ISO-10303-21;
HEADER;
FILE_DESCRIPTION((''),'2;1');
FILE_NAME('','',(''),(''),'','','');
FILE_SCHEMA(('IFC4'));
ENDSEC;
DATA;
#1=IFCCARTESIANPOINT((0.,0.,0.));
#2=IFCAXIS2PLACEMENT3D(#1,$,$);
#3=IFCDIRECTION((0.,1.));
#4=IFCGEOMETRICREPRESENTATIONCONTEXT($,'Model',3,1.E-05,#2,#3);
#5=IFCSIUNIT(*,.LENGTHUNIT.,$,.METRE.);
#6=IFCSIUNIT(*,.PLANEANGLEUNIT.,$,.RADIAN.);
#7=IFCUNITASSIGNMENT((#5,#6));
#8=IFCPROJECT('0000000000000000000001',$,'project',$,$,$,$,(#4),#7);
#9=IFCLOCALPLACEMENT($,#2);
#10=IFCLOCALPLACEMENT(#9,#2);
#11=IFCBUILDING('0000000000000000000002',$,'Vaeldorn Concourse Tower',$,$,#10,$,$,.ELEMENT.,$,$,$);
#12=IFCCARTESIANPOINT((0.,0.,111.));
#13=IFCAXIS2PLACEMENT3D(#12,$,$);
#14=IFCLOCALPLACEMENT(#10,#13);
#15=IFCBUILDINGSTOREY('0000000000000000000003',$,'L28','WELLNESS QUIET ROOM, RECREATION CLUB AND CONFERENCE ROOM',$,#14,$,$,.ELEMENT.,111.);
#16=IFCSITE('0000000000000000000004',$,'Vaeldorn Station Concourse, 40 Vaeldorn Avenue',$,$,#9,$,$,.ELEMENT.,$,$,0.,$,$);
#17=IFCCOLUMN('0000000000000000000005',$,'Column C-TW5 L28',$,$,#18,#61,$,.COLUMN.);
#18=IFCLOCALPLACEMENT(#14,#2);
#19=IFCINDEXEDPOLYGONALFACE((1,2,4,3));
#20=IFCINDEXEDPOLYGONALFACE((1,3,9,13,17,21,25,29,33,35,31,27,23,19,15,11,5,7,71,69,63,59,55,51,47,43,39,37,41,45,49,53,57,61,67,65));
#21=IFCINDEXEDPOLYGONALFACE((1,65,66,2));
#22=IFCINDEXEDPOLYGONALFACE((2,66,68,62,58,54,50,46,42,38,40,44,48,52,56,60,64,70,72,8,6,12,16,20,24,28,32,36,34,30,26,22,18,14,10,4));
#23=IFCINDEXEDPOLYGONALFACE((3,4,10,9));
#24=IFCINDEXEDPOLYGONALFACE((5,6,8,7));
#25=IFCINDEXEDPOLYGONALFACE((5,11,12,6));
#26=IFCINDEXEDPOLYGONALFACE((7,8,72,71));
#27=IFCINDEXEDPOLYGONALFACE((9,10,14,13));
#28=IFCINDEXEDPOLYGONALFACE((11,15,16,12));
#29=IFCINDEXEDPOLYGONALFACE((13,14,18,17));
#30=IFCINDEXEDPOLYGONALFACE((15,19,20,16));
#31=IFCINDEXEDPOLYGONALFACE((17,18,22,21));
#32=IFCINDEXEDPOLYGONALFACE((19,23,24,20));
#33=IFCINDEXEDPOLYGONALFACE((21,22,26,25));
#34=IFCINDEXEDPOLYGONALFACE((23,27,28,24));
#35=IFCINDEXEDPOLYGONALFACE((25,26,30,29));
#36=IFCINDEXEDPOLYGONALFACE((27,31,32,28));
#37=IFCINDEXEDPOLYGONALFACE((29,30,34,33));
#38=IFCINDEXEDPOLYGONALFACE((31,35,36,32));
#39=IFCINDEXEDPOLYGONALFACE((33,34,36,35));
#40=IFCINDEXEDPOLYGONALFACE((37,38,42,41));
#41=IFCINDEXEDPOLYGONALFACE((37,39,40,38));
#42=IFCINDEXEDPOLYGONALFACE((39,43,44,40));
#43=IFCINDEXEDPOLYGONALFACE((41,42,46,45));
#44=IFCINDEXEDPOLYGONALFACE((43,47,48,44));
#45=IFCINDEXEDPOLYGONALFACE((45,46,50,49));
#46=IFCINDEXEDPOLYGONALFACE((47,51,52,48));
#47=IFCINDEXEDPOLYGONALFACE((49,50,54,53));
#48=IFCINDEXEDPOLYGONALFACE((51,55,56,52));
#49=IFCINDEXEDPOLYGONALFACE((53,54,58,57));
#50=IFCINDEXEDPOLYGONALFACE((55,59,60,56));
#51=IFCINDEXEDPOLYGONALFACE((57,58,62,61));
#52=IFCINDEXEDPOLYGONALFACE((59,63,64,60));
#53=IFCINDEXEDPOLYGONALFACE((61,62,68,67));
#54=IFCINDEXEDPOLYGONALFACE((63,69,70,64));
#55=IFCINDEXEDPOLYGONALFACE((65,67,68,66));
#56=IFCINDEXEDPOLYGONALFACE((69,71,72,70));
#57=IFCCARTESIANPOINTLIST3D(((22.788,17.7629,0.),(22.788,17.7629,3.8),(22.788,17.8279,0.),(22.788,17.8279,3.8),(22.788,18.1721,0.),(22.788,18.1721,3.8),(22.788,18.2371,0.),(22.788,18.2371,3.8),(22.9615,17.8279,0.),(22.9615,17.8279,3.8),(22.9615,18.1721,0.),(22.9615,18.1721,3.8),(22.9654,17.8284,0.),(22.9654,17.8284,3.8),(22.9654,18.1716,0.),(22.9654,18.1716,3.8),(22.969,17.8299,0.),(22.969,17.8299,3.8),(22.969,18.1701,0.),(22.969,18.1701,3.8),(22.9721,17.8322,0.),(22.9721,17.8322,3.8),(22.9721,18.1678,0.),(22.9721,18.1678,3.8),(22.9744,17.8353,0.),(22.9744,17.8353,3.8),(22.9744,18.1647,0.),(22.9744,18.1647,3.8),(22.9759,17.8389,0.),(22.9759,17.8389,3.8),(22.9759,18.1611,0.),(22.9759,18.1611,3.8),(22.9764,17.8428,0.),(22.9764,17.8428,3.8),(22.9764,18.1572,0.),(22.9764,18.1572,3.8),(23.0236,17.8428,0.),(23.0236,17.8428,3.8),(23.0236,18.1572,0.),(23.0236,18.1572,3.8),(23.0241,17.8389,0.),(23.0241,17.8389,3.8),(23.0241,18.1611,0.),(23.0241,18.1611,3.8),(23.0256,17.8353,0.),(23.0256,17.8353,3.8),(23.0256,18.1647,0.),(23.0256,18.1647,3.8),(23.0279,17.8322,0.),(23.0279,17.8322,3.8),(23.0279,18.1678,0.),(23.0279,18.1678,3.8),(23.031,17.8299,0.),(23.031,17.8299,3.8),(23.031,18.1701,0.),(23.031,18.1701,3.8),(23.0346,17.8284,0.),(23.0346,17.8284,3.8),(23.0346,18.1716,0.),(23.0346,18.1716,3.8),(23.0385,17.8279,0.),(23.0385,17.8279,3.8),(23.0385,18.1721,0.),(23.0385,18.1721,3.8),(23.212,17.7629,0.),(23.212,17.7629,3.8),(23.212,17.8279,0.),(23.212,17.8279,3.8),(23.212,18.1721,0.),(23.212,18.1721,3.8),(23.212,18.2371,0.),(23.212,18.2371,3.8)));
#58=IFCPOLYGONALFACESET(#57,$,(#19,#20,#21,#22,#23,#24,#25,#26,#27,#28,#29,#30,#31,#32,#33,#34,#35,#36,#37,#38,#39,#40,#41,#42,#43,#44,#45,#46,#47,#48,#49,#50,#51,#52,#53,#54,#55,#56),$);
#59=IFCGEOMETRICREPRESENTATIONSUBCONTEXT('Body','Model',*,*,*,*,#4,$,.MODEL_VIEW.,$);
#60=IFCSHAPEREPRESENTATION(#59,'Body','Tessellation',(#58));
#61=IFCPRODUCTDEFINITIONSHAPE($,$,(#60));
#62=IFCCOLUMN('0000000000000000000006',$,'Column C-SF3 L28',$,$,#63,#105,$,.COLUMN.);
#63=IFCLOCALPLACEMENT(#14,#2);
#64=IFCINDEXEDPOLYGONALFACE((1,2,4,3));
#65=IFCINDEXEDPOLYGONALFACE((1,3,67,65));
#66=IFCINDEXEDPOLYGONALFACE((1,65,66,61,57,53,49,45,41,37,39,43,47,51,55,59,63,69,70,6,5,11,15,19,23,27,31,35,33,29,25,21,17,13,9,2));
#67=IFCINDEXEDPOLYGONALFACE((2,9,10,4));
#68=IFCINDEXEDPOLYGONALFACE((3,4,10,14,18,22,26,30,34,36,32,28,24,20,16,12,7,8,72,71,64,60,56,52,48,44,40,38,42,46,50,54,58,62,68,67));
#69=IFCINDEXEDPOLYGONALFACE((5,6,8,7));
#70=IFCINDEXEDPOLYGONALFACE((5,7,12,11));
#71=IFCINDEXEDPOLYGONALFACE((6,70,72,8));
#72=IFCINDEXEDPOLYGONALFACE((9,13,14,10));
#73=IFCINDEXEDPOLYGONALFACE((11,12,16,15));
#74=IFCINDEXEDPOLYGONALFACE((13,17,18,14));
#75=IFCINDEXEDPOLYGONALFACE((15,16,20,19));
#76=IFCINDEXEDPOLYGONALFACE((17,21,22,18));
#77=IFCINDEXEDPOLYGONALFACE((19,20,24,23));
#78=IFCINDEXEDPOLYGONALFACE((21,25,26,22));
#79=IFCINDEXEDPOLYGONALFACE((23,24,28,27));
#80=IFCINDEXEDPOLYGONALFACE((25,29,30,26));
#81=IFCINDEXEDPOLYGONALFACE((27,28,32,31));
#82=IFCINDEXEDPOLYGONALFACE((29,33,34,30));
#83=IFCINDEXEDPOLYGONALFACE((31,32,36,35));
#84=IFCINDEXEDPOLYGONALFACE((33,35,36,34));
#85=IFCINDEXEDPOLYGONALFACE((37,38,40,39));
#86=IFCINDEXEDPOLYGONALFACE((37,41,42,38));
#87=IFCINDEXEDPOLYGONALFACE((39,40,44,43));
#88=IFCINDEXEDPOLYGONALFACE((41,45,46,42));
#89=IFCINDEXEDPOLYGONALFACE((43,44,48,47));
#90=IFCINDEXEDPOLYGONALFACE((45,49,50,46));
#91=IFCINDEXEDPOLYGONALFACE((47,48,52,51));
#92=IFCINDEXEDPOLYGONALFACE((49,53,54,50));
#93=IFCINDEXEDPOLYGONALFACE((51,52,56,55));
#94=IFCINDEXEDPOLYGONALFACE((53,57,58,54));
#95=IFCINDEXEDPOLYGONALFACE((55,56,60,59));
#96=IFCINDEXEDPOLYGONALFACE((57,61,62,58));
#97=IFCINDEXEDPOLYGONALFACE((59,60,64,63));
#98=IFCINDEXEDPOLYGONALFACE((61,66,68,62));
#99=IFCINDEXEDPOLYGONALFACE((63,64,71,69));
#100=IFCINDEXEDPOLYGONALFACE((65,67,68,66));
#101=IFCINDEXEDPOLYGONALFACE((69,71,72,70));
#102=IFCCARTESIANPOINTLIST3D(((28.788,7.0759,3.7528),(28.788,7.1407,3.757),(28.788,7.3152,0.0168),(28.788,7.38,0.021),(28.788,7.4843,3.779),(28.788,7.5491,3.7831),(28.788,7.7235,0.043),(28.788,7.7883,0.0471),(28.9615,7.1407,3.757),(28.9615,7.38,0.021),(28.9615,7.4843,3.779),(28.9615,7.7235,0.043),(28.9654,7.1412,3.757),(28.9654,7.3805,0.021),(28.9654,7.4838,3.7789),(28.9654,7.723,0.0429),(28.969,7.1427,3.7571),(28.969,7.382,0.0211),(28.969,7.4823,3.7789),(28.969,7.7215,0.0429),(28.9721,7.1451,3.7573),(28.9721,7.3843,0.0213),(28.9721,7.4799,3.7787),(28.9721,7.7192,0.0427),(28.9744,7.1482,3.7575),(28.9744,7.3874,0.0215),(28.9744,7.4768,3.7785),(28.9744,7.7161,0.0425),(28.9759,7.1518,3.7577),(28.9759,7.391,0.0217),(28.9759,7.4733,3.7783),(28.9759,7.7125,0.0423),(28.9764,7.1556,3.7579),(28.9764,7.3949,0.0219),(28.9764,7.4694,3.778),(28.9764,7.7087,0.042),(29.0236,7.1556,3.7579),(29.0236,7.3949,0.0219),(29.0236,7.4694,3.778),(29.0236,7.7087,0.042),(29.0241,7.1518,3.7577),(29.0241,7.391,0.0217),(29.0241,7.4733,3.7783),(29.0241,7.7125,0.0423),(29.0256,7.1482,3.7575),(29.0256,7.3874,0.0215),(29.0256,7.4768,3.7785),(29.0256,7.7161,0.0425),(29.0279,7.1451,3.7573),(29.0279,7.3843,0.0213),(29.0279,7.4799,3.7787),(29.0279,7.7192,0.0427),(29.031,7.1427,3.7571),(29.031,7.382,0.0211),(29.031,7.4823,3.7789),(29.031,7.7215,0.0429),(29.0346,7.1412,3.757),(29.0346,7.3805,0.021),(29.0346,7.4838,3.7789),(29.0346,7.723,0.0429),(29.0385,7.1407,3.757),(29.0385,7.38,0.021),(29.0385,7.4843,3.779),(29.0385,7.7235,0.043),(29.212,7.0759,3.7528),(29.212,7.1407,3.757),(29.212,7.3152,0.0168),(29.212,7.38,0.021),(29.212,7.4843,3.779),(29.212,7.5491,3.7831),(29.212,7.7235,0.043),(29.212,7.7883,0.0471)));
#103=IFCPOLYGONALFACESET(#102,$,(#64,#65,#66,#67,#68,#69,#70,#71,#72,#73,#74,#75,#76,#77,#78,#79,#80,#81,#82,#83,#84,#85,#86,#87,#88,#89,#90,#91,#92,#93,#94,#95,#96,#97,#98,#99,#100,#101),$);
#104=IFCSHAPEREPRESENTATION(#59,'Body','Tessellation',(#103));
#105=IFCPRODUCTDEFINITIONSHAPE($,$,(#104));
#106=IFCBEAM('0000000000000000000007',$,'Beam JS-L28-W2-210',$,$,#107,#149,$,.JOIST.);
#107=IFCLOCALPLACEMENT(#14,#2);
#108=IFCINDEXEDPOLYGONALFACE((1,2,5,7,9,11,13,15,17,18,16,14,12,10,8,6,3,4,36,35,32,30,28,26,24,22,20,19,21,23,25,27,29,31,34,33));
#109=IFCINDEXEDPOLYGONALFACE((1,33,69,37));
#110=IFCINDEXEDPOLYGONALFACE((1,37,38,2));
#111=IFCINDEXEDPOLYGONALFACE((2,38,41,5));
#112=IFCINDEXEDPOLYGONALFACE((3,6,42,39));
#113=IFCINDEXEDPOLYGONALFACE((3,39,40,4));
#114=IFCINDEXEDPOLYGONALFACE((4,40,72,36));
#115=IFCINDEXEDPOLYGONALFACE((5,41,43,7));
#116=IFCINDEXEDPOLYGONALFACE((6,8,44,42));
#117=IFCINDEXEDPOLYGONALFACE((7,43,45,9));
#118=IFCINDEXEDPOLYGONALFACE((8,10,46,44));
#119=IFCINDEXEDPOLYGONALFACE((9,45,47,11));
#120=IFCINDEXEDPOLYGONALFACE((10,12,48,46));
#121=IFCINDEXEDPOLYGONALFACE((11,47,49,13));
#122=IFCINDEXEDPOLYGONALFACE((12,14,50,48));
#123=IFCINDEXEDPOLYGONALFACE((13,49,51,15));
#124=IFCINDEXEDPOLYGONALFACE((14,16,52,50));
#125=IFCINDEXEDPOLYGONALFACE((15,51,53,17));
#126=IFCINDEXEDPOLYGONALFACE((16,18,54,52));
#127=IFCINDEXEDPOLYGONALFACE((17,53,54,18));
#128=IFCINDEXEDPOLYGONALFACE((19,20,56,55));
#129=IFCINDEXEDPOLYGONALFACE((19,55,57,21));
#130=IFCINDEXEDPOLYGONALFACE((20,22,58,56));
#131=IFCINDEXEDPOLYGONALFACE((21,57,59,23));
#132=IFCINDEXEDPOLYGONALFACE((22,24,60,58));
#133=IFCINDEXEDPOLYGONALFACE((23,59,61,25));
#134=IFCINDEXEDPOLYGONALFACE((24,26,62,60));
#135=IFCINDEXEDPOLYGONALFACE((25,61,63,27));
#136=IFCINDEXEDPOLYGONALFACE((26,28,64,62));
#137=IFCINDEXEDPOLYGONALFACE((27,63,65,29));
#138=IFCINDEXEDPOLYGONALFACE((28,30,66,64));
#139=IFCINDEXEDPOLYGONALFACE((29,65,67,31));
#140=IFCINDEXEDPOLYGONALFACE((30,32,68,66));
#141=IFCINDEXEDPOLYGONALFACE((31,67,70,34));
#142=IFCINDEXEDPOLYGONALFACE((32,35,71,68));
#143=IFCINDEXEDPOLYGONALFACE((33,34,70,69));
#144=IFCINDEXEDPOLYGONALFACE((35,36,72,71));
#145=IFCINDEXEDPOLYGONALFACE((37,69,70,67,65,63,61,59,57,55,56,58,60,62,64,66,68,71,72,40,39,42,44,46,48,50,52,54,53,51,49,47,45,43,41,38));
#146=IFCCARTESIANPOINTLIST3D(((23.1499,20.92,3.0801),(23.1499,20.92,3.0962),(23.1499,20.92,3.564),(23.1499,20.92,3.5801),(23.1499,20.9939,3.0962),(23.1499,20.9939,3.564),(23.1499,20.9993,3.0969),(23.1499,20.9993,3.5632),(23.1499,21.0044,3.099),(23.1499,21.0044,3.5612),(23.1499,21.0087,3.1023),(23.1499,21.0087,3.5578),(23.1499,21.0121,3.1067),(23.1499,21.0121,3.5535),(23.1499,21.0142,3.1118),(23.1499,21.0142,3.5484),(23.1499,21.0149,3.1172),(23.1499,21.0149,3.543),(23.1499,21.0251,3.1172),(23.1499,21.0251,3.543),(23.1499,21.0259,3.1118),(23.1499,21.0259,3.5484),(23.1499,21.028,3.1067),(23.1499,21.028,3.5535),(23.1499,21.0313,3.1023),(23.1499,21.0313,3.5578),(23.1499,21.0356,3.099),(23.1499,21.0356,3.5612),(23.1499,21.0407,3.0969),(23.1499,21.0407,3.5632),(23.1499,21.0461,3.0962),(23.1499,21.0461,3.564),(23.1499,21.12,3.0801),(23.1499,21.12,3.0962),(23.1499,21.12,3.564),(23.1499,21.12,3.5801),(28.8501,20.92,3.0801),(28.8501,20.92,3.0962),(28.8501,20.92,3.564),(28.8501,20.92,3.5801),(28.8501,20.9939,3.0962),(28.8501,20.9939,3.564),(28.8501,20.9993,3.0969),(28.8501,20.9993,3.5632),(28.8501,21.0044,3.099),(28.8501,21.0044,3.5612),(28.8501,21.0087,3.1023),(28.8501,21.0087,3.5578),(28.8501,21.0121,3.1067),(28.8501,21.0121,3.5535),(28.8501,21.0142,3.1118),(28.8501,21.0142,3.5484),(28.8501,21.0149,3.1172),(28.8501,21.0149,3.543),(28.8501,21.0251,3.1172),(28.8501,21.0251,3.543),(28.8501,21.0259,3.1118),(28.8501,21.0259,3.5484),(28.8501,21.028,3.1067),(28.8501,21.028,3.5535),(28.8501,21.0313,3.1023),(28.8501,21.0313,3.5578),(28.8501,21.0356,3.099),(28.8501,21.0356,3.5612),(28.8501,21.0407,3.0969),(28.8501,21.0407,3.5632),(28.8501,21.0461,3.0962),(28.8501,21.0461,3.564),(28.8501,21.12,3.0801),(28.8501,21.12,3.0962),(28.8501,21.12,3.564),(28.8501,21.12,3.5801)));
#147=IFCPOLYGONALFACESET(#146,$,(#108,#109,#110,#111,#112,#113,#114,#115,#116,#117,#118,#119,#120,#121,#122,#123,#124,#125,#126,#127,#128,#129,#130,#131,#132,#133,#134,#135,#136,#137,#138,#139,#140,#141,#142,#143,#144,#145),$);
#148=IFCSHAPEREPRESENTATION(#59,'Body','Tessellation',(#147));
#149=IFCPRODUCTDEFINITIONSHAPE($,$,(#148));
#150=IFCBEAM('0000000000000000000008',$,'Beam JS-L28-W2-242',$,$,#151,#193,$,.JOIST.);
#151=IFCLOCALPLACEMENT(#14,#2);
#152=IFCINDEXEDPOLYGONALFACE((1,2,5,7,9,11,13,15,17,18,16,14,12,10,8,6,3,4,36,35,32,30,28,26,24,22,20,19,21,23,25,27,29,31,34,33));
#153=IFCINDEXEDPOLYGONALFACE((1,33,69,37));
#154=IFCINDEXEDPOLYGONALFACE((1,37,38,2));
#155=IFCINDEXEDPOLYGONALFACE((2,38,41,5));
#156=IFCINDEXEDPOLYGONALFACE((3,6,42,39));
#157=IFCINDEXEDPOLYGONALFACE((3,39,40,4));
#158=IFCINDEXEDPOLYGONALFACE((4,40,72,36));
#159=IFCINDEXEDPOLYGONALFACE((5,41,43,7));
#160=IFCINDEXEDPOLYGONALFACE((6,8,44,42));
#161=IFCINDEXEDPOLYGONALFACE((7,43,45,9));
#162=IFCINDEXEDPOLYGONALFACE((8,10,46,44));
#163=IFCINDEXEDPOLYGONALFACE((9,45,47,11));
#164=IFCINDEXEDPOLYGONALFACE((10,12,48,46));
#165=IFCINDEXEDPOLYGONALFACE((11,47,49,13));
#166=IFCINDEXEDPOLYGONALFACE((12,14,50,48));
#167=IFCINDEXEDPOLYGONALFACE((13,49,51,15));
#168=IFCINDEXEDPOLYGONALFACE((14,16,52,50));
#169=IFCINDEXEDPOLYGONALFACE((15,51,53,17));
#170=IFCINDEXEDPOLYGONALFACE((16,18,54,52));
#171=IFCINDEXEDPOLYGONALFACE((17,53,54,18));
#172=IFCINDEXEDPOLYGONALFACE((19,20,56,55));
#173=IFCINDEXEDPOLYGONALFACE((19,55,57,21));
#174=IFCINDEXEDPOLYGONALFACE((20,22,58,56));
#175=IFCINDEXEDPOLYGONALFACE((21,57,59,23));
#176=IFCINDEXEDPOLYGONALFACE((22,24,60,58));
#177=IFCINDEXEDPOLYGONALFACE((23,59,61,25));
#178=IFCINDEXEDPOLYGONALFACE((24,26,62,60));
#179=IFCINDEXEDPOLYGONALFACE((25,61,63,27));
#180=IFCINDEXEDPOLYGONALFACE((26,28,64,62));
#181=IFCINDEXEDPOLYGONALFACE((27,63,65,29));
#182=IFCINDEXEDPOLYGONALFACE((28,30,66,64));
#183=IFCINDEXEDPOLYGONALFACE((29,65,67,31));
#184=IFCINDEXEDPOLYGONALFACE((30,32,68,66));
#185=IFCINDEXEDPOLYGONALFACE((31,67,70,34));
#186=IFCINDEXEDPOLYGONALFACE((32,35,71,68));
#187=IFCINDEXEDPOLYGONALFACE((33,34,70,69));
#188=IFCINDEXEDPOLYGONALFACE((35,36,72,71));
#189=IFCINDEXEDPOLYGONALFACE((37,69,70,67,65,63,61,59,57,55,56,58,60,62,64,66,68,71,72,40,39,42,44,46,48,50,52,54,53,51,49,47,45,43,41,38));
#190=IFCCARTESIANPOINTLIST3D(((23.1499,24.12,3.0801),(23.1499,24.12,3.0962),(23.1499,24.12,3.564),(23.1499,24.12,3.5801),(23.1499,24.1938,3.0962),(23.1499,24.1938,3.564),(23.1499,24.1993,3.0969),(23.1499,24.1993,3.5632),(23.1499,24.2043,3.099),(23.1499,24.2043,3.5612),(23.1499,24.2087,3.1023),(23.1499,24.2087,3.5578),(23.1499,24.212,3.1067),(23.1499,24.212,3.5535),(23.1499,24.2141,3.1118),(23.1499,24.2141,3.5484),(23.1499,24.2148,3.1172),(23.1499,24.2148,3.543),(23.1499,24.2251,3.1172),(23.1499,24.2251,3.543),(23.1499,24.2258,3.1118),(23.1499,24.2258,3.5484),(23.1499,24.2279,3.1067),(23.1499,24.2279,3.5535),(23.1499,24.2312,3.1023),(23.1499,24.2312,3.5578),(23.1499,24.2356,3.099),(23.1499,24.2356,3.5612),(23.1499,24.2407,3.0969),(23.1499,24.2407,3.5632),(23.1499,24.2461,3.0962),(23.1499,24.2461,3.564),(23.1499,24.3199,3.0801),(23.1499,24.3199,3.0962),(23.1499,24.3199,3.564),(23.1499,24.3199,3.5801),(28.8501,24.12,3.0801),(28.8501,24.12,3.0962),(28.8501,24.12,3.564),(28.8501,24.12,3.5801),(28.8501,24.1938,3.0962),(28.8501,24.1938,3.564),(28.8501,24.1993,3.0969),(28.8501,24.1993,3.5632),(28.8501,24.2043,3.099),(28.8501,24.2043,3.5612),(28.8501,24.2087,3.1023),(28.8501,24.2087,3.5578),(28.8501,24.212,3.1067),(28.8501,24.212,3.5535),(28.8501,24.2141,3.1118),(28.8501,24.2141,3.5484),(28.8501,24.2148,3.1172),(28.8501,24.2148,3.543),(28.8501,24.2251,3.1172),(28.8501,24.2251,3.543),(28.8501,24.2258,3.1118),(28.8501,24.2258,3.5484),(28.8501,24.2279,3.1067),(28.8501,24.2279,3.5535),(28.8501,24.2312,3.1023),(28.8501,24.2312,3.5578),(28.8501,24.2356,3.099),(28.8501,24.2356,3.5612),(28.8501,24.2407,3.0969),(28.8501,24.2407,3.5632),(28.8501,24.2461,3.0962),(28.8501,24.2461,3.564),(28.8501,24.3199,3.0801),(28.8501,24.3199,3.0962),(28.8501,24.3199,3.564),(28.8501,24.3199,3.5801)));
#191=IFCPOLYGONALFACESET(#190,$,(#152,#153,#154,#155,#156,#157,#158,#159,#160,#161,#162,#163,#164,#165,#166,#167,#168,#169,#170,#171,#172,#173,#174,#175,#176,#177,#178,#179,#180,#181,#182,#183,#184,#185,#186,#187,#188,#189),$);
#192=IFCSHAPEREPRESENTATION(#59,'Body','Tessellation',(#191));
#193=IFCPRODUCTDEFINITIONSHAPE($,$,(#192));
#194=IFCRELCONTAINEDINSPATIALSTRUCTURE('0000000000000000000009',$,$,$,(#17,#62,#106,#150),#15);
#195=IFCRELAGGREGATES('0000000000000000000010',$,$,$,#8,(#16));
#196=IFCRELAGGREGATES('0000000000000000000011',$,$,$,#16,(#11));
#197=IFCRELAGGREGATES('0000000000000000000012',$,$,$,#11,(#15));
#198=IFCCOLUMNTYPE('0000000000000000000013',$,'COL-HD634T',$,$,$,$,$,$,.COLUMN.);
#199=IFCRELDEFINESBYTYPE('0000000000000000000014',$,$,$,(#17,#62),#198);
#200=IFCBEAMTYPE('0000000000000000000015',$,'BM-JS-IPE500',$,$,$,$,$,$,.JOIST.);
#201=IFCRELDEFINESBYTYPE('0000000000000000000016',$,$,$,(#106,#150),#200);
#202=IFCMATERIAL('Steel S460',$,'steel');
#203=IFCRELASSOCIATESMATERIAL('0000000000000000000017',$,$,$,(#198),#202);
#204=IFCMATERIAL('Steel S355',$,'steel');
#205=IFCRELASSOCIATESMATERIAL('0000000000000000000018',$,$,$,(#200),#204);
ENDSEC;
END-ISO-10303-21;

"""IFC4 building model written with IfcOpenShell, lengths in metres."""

from ifc_helpers import new_model, si_unit, direction, frame, origin, origin_2d, place, context, subcontext, project, spatial, i_section, extrude, source, transform, mapped, material, material_profile, profile_set, type_object, element, save


model = new_model("IFC4")

# Units and contexts
model_context = context("Model", 3, precision=1e-05, world=origin(), true_north=direction((0.0, 1.0)))
body_context = subcontext(model_context, "Body", "Model", "MODEL_VIEW")
ifc_project = project(units=[si_unit("LENGTHUNIT", "METRE"), si_unit("PLANEANGLEUNIT", "RADIAN")], contexts=[model_context])

# Site, building, storey
site_placement = place(None, origin())
site = spatial("IfcSite", under=ifc_project, at=site_placement, Name="Vaeldorn Station Concourse, 40 Vaeldorn Avenue", CompositionType="ELEMENT", RefElevation=0.0)
building_placement = place(site_placement, origin())
building = spatial("IfcBuilding", under=site, at=building_placement, Name="Vaeldorn Concourse Tower", CompositionType="ELEMENT")
storey_placement = place(building_placement, frame((0.0, 0.0, 111.0)))
storey = spatial("IfcBuildingStorey", under=building, at=storey_placement, Name="L28", Description="WELLNESS QUIET ROOM, RECREATION CLUB AND CONFERENCE ROOM", CompositionType="ELEMENT", Elevation=111.0)

# Columns
ifc_material_1 = material(Name="Steel S460", Category="steel")
ifc_material_profile_1 = material_profile(ifc_material_1, i_section(OverallWidth=0.4241, OverallDepth=0.4741, WebThickness=0.0471, FlangeThickness=0.0649, FilletRadius=0.0149, at=origin_2d()), Name="HD 400x634")
ifc_profile_set_1 = profile_set([ifc_material_profile_1], Name="Steel S460")
column_type = type_object("IfcColumnType", Name="COL-HD634T", PredefinedType="COLUMN", material=ifc_profile_set_1)
shared_shape_1 = source(origin(), body_context, "Body", "SweptSolid", [
    extrude(i_section(OverallWidth=0.4241, OverallDepth=0.4741, WebThickness=0.0471, FlangeThickness=0.0649, FilletRadius=0.0149, at=origin_2d()), origin(), (0.0, 0.0, 1.0), 3.8),
])
column_1_placement = place(storey_placement, frame((23.0, 18.0, 0.0), z_axis=(0.0, 0.0, 1.0), x_axis=(1.0, 0.0, 0.0)))
element("IfcColumn", 1, at=column_1_placement, inside=storey, type_object=column_type, Name="Column C-TW5 L28", PredefinedType="COLUMN", context=body_context, shape_type="MappedRepresentation", body=[
    mapped(shared_shape_1, transform((0.0, 0.0, 0.0), scale=1.0)),
])
shared_shape_2 = source(origin(), body_context, "Body", "SweptSolid", [
    extrude(i_section(OverallWidth=0.4241, OverallDepth=0.4741, WebThickness=0.0471, FlangeThickness=0.0649, FilletRadius=0.0149, at=origin_2d()), origin(), (0.0, 0.0, 1.0), 3.7437),
])
column_2_placement = place(storey_placement, frame((29.0, 7.5518, 0.032), z_axis=(0.0, -0.063909, 0.997956), x_axis=(1.0, 0.0, 0.0)))
element("IfcColumn", 2, at=column_2_placement, inside=storey, type_object=column_type, Name="Column C-SF3 L28", PredefinedType="COLUMN", context=body_context, shape_type="MappedRepresentation", body=[
    mapped(shared_shape_2, transform((0.0, 0.0, 0.0), scale=1.0)),
])

# Beams
ifc_material_2 = material(Name="Steel S355", Category="steel")
ifc_material_profile_2 = material_profile(ifc_material_2, i_section(OverallWidth=0.2, OverallDepth=0.5, WebThickness=0.0103, FlangeThickness=0.0161, FilletRadius=0.021, at=origin_2d()), Name="IPE 500")
ifc_profile_set_2 = profile_set([ifc_material_profile_2], Name="Steel S355")
beam_type_1 = type_object("IfcBeamType", Name="BM-JS-IPE500", PredefinedType="JOIST", material=ifc_profile_set_2)
shared_shape_3 = source(origin(), body_context, "Body", "SweptSolid", [
    extrude(i_section(OverallWidth=0.2, OverallDepth=0.5, WebThickness=0.0103, FlangeThickness=0.0161, FilletRadius=0.021, at=origin_2d()), origin(), (0.0, 0.0, 1.0), 5.7002),
])
for number, where, z_axis, x_axis, name in (
    (3, (23.1499, 21.02, 3.3301), (1.0, 0.0, 0.0), (0.0, 1.0, 0.0), "Beam JS-L28-W2-210"),
    (4, (23.1499, 24.22, 3.3301), (1.0, 0.0, 0.0), (0.0, 1.0, 0.0), "Beam JS-L28-W2-242"),
):
    element("IfcBeam", number, at=place(storey_placement, frame(where, z_axis=z_axis, x_axis=x_axis)), inside=storey, type_object=beam_type_1, Name=name, PredefinedType="JOIST", context=body_context, shape_type="MappedRepresentation", body=[
        mapped(shared_shape_3, transform((0.0, 0.0, 0.0), scale=1.0)),
    ])

save(model, "model.ifc")
